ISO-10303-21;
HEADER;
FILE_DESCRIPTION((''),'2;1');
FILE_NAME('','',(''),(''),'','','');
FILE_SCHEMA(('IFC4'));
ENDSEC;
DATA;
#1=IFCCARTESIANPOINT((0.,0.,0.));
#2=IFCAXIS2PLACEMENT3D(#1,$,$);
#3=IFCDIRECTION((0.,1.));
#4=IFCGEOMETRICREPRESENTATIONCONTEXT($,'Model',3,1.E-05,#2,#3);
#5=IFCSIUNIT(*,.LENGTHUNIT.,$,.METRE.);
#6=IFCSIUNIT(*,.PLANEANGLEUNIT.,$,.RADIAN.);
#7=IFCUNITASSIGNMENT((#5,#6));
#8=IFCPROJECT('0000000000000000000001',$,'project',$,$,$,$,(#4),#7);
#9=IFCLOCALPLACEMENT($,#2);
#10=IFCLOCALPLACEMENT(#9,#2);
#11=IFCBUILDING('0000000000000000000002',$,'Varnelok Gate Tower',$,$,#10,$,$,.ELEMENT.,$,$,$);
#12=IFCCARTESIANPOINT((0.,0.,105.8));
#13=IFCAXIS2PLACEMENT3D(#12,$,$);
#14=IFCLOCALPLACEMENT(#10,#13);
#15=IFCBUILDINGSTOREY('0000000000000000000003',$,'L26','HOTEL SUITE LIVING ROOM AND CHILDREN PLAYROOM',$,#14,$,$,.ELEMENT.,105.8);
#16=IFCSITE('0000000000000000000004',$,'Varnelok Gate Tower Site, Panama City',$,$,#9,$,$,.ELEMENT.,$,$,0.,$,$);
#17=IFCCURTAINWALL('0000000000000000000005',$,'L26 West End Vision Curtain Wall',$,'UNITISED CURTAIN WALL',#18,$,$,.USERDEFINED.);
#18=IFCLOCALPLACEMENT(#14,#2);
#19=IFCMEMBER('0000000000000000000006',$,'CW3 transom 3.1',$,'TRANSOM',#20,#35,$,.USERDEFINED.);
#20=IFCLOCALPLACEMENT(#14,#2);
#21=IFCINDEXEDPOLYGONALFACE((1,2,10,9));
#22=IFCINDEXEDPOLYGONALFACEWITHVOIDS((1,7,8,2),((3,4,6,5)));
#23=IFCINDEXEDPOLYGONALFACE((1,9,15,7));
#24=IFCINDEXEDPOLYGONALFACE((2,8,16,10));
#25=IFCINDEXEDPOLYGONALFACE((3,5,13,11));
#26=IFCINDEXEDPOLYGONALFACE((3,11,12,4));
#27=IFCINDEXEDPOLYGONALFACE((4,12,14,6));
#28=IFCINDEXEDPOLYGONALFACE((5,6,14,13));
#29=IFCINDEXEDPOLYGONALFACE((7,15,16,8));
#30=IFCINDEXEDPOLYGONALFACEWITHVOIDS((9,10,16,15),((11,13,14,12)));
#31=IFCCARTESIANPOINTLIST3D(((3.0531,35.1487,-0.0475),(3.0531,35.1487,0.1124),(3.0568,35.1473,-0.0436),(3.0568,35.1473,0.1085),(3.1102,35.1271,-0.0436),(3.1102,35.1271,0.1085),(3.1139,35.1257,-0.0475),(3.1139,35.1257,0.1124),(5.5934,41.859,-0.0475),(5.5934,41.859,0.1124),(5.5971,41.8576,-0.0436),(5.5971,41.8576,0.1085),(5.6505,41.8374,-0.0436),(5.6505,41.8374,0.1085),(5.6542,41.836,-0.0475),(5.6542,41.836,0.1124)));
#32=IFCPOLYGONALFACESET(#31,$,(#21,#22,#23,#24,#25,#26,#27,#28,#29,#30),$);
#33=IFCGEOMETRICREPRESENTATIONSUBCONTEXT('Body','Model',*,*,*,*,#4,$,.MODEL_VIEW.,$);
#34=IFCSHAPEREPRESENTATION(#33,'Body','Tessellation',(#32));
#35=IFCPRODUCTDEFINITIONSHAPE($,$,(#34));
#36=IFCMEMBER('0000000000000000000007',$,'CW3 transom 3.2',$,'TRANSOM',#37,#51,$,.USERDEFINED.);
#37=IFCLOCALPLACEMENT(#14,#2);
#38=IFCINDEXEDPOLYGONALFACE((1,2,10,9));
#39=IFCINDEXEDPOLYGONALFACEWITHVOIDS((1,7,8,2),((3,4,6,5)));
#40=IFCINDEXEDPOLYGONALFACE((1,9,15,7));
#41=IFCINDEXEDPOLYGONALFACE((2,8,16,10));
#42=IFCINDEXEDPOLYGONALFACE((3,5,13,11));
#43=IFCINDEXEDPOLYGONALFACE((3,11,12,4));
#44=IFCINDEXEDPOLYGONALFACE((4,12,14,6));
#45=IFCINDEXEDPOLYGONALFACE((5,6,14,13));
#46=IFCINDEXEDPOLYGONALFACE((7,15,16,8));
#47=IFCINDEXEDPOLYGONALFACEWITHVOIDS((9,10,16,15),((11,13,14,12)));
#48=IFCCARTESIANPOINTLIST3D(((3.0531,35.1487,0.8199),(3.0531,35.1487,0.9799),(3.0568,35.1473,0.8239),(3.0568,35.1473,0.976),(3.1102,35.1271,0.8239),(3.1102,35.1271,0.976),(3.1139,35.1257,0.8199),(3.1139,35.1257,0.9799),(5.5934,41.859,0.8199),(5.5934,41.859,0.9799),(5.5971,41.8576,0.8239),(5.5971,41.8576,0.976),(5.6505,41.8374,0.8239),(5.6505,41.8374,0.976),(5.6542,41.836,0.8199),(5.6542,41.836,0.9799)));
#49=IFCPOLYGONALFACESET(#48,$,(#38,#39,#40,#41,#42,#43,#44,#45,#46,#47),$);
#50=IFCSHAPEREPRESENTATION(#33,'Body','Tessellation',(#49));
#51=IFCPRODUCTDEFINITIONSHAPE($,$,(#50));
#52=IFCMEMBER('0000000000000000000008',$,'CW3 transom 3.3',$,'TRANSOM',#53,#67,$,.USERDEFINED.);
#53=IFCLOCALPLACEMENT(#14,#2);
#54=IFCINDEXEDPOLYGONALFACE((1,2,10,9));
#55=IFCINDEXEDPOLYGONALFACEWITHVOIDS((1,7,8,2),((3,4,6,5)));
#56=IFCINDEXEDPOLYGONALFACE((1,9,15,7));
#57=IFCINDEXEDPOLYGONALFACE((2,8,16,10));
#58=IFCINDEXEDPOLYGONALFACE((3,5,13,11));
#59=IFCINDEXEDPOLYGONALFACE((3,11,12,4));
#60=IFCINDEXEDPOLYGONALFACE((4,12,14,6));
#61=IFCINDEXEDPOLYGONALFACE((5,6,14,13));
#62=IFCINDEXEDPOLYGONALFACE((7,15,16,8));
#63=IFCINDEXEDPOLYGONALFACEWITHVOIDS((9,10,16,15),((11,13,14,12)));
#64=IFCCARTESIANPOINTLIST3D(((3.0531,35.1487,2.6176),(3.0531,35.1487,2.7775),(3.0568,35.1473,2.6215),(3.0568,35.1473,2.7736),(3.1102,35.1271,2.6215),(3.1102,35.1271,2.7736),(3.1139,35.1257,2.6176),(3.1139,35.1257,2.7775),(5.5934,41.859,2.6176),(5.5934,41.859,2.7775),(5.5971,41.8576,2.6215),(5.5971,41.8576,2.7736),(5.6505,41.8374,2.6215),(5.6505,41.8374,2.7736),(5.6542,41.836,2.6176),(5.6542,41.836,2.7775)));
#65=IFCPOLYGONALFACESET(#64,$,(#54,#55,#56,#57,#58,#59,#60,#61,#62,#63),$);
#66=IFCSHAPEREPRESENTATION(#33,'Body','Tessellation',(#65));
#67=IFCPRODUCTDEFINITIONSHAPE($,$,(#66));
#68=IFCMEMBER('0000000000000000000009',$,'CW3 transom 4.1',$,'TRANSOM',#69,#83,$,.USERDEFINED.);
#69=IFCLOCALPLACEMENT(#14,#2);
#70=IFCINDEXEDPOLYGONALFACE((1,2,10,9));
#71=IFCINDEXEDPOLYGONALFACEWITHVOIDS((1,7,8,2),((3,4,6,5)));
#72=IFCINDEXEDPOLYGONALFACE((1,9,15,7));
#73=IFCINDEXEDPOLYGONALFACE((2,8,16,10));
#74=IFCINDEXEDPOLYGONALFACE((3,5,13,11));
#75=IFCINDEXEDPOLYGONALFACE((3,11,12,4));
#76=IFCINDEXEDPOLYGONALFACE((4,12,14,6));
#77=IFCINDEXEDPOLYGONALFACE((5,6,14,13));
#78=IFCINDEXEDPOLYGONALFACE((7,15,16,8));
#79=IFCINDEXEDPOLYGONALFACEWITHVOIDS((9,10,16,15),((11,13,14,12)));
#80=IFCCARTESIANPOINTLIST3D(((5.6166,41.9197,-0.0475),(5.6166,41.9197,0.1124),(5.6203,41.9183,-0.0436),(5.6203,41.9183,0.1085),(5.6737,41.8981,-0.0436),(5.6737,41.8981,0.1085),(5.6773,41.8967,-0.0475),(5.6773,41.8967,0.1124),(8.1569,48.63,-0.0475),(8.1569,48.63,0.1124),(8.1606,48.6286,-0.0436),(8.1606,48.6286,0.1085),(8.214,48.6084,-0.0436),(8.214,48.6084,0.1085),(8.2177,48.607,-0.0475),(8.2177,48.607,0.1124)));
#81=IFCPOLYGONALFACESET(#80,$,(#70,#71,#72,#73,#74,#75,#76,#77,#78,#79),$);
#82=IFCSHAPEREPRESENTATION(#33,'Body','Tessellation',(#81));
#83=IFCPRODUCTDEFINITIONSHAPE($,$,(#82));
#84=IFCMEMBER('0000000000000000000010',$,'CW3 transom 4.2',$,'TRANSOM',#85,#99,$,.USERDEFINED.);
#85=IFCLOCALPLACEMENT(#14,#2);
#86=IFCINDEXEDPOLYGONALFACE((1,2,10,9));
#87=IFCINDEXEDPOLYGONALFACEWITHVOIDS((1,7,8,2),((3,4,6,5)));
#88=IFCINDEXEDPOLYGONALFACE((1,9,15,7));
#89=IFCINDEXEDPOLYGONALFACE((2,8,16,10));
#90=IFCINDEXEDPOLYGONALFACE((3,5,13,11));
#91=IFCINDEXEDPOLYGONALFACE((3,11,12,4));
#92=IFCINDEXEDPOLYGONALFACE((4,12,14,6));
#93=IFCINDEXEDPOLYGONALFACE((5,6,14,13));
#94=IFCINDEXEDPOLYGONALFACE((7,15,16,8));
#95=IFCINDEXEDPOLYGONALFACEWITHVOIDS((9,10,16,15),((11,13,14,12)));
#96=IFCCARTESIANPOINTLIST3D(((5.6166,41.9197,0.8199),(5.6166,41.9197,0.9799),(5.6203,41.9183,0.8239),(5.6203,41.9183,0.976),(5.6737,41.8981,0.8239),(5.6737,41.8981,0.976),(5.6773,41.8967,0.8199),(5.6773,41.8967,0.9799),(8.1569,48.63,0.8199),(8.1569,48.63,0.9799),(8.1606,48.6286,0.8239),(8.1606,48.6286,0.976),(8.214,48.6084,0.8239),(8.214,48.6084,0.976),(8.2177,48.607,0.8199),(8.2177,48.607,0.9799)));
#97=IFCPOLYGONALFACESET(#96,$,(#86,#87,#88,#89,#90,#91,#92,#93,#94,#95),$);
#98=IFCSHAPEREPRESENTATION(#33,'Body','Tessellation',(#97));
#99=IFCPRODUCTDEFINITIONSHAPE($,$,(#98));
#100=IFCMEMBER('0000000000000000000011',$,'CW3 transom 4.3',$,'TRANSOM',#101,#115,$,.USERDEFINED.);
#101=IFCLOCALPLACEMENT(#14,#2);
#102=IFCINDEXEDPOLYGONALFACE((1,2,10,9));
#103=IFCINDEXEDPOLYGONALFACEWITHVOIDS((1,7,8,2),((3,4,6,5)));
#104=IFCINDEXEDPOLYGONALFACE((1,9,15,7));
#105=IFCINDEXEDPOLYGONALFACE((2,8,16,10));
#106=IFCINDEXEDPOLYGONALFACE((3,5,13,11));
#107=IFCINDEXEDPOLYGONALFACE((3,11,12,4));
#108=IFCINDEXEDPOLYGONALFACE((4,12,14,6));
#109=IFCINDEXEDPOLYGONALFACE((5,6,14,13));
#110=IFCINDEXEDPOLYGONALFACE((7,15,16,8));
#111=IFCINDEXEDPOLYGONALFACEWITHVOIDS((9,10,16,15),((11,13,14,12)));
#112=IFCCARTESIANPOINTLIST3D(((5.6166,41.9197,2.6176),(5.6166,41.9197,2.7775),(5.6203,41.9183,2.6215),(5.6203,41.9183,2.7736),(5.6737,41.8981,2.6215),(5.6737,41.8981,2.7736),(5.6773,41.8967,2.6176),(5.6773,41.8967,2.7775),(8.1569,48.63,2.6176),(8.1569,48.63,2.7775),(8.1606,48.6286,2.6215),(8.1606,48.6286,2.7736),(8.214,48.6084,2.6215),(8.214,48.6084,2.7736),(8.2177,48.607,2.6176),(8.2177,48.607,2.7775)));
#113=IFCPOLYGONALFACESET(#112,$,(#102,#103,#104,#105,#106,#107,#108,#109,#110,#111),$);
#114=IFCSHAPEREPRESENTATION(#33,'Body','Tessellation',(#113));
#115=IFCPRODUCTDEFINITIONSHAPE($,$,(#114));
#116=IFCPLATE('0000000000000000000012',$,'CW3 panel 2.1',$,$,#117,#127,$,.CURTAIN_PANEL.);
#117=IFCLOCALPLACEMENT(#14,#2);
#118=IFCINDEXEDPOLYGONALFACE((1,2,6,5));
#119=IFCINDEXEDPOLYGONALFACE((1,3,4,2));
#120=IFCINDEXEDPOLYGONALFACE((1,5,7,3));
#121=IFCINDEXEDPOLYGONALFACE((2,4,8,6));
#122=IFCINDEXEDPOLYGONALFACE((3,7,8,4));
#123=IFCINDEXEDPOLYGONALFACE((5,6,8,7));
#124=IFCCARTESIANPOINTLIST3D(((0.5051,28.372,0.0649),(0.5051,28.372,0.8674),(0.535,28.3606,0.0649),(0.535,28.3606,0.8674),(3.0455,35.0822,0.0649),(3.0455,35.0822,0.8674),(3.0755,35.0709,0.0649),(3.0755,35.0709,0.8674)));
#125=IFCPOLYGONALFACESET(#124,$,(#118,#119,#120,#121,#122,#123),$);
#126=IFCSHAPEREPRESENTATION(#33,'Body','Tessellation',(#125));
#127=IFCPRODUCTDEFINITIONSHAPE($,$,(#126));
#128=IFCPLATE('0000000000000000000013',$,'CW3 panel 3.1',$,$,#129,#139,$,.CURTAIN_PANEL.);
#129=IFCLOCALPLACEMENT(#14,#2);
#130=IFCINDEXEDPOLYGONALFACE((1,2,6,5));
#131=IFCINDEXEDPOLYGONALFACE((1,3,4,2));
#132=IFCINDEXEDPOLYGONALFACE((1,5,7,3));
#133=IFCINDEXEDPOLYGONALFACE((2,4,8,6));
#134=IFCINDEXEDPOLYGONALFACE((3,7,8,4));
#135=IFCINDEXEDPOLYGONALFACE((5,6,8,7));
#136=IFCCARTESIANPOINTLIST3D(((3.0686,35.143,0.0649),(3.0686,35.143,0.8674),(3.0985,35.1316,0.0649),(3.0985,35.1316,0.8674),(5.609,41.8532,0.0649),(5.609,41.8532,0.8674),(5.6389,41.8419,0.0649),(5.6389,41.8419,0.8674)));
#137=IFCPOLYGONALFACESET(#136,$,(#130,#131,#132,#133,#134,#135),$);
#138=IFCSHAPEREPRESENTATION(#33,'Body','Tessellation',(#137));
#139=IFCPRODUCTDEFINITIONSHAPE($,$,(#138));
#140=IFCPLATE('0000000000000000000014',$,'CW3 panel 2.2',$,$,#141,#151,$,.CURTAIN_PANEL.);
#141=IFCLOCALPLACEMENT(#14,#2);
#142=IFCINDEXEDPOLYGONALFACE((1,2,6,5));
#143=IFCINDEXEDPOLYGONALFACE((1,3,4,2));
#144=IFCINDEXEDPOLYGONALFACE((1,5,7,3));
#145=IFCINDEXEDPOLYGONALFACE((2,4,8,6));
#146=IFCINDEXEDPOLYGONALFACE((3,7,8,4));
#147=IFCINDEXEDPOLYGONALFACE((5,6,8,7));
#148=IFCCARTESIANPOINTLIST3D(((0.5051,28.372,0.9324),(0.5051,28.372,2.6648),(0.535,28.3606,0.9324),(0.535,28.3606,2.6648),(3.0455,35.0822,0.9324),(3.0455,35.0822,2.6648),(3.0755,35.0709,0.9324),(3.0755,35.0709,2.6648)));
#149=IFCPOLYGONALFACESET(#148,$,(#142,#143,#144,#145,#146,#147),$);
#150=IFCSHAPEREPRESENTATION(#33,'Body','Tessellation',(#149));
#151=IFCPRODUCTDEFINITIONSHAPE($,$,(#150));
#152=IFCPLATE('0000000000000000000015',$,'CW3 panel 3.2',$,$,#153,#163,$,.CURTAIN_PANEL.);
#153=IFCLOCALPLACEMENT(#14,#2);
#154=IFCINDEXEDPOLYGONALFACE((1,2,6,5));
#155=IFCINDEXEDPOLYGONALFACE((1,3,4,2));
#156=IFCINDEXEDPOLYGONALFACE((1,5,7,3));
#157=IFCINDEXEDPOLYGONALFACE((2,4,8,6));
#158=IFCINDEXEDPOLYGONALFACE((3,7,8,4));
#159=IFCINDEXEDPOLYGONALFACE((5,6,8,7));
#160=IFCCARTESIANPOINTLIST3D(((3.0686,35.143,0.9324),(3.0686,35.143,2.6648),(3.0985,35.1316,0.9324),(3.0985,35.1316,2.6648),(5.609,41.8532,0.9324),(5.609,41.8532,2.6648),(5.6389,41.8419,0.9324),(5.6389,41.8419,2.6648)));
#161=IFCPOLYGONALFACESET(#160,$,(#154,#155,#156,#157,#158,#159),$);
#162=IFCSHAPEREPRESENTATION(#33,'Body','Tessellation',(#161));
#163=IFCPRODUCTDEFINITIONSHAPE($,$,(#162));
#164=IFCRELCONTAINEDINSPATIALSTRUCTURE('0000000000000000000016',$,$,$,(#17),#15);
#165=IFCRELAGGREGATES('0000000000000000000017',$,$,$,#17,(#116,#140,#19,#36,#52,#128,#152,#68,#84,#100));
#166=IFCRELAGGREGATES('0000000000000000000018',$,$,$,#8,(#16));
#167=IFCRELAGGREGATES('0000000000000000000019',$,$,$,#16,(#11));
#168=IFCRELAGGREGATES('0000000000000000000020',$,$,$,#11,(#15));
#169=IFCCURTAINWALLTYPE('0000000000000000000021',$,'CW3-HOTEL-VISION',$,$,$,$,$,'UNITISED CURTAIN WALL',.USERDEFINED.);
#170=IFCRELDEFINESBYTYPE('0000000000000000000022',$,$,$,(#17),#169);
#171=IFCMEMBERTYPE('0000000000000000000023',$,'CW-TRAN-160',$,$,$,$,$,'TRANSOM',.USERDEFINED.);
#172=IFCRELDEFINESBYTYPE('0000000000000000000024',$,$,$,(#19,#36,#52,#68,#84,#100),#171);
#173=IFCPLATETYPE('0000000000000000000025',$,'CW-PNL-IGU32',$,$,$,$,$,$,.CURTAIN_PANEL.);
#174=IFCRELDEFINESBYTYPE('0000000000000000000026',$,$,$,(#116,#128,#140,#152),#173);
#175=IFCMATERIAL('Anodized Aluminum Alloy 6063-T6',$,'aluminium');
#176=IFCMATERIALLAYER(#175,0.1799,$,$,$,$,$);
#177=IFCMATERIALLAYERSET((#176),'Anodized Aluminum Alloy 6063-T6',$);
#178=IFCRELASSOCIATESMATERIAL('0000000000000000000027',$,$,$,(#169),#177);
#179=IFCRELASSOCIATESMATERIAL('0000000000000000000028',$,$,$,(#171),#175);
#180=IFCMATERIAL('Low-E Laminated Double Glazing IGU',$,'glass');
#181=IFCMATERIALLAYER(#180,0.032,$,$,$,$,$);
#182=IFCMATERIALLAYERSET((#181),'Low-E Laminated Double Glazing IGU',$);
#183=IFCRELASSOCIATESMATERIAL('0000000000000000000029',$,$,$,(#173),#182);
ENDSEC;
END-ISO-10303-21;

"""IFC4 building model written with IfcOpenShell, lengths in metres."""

from ifc_helpers import new_model, si_unit, direction, frame, origin, origin_2d, place, context, subcontext, project, spatial, rectangle, hollow_rectangle, extrude, source, transform, mapped, material, layer, layer_set, material_profile, profile_set, type_object, element, aggregate, save


model = new_model("IFC4")

# Units and contexts
model_context = context("Model", 3, precision=1e-05, world=origin(), true_north=direction((0.0, 1.0)))
body_context = subcontext(model_context, "Body", "Model", "MODEL_VIEW")
ifc_project = project(units=[si_unit("LENGTHUNIT", "METRE"), si_unit("PLANEANGLEUNIT", "RADIAN")], contexts=[model_context])

# Site, building, storey
site_placement = place(None, origin())
site = spatial("IfcSite", under=ifc_project, at=site_placement, Name="Varnelok Gate Tower Site, Panama City", CompositionType="ELEMENT", RefElevation=0.0)
building_placement = place(site_placement, origin())
building = spatial("IfcBuilding", under=site, at=building_placement, Name="Varnelok Gate Tower", CompositionType="ELEMENT")
storey_placement = place(building_placement, frame((0.0, 0.0, 105.8)))
storey = spatial("IfcBuildingStorey", under=building, at=storey_placement, Name="L26", Description="HOTEL SUITE LIVING ROOM AND CHILDREN PLAYROOM", CompositionType="ELEMENT", Elevation=105.8)

# Curtain wall, members, plates
ifc_material_1 = material(Name="Anodized Aluminum Alloy 6063-T6", Category="aluminium")
ifc_layer_1 = layer(ifc_material_1, 0.1799)
ifc_layer_set_1 = layer_set([ifc_layer_1], Name="Anodized Aluminum Alloy 6063-T6")
curtain_wall_type = type_object("IfcCurtainWallType", Name="CW3-HOTEL-VISION", ElementType="UNITISED CURTAIN WALL", PredefinedType="USERDEFINED", material=ifc_layer_set_1)
curtain_wall_placement = place(storey_placement, origin())
curtain_wall = element("IfcCurtainWall", 1, at=curtain_wall_placement, inside=storey, type_object=curtain_wall_type, Name="L26 West End Vision Curtain Wall", ObjectType="UNITISED CURTAIN WALL", PredefinedType="USERDEFINED")
ifc_material_profile_1 = material_profile(ifc_material_1, hollow_rectangle(XDim=0.0649, YDim=0.1599, WallThickness=0.0039, at=origin_2d()), Name="ALU160X65X4")
ifc_profile_set_1 = profile_set([ifc_material_profile_1], Name="Anodized Aluminum Alloy 6063-T6")
member_type_1 = type_object("IfcMemberType", Name="CW-TRAN-160", ElementType="TRANSOM", PredefinedType="USERDEFINED", material=ifc_profile_set_1)
member_1_placement = place(storey_placement, frame((3.0835, 35.1372, 0.0325), z_axis=(0.354049, 0.935227, 0.0), x_axis=(-0.935227, 0.354049, 0.0)))
member_1 = element("IfcMember", 2, at=member_1_placement, type_object=member_type_1, Name="CW3 transom 3.1", ObjectType="TRANSOM", PredefinedType="USERDEFINED", context=body_context, shape_type="SweptSolid", body=[
    extrude(hollow_rectangle(XDim=0.0649, YDim=0.1599, WallThickness=0.0039, at=origin_2d()), origin(), (0.0, 0.0, 1.0), 7.175),
])
member_2_placement = place(storey_placement, frame((3.0835, 35.1372, 0.8999), z_axis=(0.354049, 0.935227, 0.0), x_axis=(-0.935227, 0.354049, 0.0)))
member_2 = element("IfcMember", 3, at=member_2_placement, type_object=member_type_1, Name="CW3 transom 3.2", ObjectType="TRANSOM", PredefinedType="USERDEFINED", context=body_context, shape_type="SweptSolid", body=[
    extrude(hollow_rectangle(XDim=0.0649, YDim=0.1599, WallThickness=0.0039, at=origin_2d()), origin(), (0.0, 0.0, 1.0), 7.175),
])
member_3_placement = place(storey_placement, frame((3.0835, 35.1372, 2.6975), z_axis=(0.354049, 0.935227, 0.0), x_axis=(-0.935227, 0.354049, 0.0)))
member_3 = element("IfcMember", 4, at=member_3_placement, type_object=member_type_1, Name="CW3 transom 3.3", ObjectType="TRANSOM", PredefinedType="USERDEFINED", context=body_context, shape_type="SweptSolid", body=[
    extrude(hollow_rectangle(XDim=0.0649, YDim=0.1599, WallThickness=0.0039, at=origin_2d()), origin(), (0.0, 0.0, 1.0), 7.175),
])
member_4_placement = place(storey_placement, frame((5.647, 41.9082, 0.0325), z_axis=(0.354049, 0.935227, 0.0), x_axis=(-0.935227, 0.354049, 0.0)))
member_4 = element("IfcMember", 5, at=member_4_placement, type_object=member_type_1, Name="CW3 transom 4.1", ObjectType="TRANSOM", PredefinedType="USERDEFINED", context=body_context, shape_type="SweptSolid", body=[
    extrude(hollow_rectangle(XDim=0.0649, YDim=0.1599, WallThickness=0.0039, at=origin_2d()), origin(), (0.0, 0.0, 1.0), 7.175),
])
member_5_placement = place(storey_placement, frame((5.647, 41.9082, 0.8999), z_axis=(0.354049, 0.935227, 0.0), x_axis=(-0.935227, 0.354049, 0.0)))
member_5 = element("IfcMember", 6, at=member_5_placement, type_object=member_type_1, Name="CW3 transom 4.2", ObjectType="TRANSOM", PredefinedType="USERDEFINED", context=body_context, shape_type="SweptSolid", body=[
    extrude(hollow_rectangle(XDim=0.0649, YDim=0.1599, WallThickness=0.0039, at=origin_2d()), origin(), (0.0, 0.0, 1.0), 7.175),
])
member_6_placement = place(storey_placement, frame((5.647, 41.9082, 2.6975), z_axis=(0.354049, 0.935227, 0.0), x_axis=(-0.935227, 0.354049, 0.0)))
member_6 = element("IfcMember", 7, at=member_6_placement, type_object=member_type_1, Name="CW3 transom 4.3", ObjectType="TRANSOM", PredefinedType="USERDEFINED", context=body_context, shape_type="SweptSolid", body=[
    extrude(hollow_rectangle(XDim=0.0649, YDim=0.1599, WallThickness=0.0039, at=origin_2d()), origin(), (0.0, 0.0, 1.0), 7.175),
])
ifc_material_2 = material(Name="Low-E Laminated Double Glazing IGU", Category="glass")
ifc_layer_2 = layer(ifc_material_2, 0.032)
ifc_layer_set_2 = layer_set([ifc_layer_2], Name="Low-E Laminated Double Glazing IGU")
plate_type = type_object("IfcPlateType", Name="CW-PNL-IGU32", PredefinedType="CURTAIN_PANEL", material=ifc_layer_set_2)
shared_shape_1 = source(origin(), body_context, "Body", "SweptSolid", [
    extrude(rectangle(XDim=7.175, YDim=0.032, at=origin_2d()), origin(), (0.0, 0.0, 1.0), 0.8025),
])
plate_1_placement = place(storey_placement, frame((1.7903, 31.7214, 0.0649), z_axis=(0.0, 0.0, 1.0), x_axis=(0.354064, 0.935221, 0.0)))
plate_1 = element("IfcPlate", 8, at=plate_1_placement, type_object=plate_type, Name="CW3 panel 2.1", PredefinedType="CURTAIN_PANEL", context=body_context, shape_type="MappedRepresentation", body=[
    mapped(shared_shape_1, transform((0.0, 0.0, 0.0), scale=1.0)),
])
plate_2_placement = place(storey_placement, frame((4.3538, 38.4924, 0.0649), z_axis=(0.0, 0.0, 1.0), x_axis=(0.354064, 0.935221, 0.0)))
plate_2 = element("IfcPlate", 9, at=plate_2_placement, type_object=plate_type, Name="CW3 panel 3.1", PredefinedType="CURTAIN_PANEL", context=body_context, shape_type="MappedRepresentation", body=[
    mapped(shared_shape_1, transform((0.0, 0.0, 0.0), scale=1.0)),
])
shared_shape_2 = source(origin(), body_context, "Body", "SweptSolid", [
    extrude(rectangle(XDim=7.175, YDim=0.032, at=origin_2d()), origin(), (0.0, 0.0, 1.0), 1.7324),
])
plate_3_placement = place(storey_placement, frame((1.7903, 31.7214, 0.9324), z_axis=(0.0, 0.0, 1.0), x_axis=(0.354064, 0.935221, 0.0)))
plate_3 = element("IfcPlate", 10, at=plate_3_placement, type_object=plate_type, Name="CW3 panel 2.2", PredefinedType="CURTAIN_PANEL", context=body_context, shape_type="MappedRepresentation", body=[
    mapped(shared_shape_2, transform((0.0, 0.0, 0.0), scale=1.0)),
])
plate_4_placement = place(storey_placement, frame((4.3538, 38.4924, 0.9324), z_axis=(0.0, 0.0, 1.0), x_axis=(0.354064, 0.935221, 0.0)))
plate_4 = element("IfcPlate", 11, at=plate_4_placement, type_object=plate_type, Name="CW3 panel 3.2", PredefinedType="CURTAIN_PANEL", context=body_context, shape_type="MappedRepresentation", body=[
    mapped(shared_shape_2, transform((0.0, 0.0, 0.0), scale=1.0)),
])
aggregate(curtain_wall, [plate_1, plate_3, member_1, member_2, member_3, plate_2, plate_4, member_4, member_5, member_6])

save(model, "model.ifc")
